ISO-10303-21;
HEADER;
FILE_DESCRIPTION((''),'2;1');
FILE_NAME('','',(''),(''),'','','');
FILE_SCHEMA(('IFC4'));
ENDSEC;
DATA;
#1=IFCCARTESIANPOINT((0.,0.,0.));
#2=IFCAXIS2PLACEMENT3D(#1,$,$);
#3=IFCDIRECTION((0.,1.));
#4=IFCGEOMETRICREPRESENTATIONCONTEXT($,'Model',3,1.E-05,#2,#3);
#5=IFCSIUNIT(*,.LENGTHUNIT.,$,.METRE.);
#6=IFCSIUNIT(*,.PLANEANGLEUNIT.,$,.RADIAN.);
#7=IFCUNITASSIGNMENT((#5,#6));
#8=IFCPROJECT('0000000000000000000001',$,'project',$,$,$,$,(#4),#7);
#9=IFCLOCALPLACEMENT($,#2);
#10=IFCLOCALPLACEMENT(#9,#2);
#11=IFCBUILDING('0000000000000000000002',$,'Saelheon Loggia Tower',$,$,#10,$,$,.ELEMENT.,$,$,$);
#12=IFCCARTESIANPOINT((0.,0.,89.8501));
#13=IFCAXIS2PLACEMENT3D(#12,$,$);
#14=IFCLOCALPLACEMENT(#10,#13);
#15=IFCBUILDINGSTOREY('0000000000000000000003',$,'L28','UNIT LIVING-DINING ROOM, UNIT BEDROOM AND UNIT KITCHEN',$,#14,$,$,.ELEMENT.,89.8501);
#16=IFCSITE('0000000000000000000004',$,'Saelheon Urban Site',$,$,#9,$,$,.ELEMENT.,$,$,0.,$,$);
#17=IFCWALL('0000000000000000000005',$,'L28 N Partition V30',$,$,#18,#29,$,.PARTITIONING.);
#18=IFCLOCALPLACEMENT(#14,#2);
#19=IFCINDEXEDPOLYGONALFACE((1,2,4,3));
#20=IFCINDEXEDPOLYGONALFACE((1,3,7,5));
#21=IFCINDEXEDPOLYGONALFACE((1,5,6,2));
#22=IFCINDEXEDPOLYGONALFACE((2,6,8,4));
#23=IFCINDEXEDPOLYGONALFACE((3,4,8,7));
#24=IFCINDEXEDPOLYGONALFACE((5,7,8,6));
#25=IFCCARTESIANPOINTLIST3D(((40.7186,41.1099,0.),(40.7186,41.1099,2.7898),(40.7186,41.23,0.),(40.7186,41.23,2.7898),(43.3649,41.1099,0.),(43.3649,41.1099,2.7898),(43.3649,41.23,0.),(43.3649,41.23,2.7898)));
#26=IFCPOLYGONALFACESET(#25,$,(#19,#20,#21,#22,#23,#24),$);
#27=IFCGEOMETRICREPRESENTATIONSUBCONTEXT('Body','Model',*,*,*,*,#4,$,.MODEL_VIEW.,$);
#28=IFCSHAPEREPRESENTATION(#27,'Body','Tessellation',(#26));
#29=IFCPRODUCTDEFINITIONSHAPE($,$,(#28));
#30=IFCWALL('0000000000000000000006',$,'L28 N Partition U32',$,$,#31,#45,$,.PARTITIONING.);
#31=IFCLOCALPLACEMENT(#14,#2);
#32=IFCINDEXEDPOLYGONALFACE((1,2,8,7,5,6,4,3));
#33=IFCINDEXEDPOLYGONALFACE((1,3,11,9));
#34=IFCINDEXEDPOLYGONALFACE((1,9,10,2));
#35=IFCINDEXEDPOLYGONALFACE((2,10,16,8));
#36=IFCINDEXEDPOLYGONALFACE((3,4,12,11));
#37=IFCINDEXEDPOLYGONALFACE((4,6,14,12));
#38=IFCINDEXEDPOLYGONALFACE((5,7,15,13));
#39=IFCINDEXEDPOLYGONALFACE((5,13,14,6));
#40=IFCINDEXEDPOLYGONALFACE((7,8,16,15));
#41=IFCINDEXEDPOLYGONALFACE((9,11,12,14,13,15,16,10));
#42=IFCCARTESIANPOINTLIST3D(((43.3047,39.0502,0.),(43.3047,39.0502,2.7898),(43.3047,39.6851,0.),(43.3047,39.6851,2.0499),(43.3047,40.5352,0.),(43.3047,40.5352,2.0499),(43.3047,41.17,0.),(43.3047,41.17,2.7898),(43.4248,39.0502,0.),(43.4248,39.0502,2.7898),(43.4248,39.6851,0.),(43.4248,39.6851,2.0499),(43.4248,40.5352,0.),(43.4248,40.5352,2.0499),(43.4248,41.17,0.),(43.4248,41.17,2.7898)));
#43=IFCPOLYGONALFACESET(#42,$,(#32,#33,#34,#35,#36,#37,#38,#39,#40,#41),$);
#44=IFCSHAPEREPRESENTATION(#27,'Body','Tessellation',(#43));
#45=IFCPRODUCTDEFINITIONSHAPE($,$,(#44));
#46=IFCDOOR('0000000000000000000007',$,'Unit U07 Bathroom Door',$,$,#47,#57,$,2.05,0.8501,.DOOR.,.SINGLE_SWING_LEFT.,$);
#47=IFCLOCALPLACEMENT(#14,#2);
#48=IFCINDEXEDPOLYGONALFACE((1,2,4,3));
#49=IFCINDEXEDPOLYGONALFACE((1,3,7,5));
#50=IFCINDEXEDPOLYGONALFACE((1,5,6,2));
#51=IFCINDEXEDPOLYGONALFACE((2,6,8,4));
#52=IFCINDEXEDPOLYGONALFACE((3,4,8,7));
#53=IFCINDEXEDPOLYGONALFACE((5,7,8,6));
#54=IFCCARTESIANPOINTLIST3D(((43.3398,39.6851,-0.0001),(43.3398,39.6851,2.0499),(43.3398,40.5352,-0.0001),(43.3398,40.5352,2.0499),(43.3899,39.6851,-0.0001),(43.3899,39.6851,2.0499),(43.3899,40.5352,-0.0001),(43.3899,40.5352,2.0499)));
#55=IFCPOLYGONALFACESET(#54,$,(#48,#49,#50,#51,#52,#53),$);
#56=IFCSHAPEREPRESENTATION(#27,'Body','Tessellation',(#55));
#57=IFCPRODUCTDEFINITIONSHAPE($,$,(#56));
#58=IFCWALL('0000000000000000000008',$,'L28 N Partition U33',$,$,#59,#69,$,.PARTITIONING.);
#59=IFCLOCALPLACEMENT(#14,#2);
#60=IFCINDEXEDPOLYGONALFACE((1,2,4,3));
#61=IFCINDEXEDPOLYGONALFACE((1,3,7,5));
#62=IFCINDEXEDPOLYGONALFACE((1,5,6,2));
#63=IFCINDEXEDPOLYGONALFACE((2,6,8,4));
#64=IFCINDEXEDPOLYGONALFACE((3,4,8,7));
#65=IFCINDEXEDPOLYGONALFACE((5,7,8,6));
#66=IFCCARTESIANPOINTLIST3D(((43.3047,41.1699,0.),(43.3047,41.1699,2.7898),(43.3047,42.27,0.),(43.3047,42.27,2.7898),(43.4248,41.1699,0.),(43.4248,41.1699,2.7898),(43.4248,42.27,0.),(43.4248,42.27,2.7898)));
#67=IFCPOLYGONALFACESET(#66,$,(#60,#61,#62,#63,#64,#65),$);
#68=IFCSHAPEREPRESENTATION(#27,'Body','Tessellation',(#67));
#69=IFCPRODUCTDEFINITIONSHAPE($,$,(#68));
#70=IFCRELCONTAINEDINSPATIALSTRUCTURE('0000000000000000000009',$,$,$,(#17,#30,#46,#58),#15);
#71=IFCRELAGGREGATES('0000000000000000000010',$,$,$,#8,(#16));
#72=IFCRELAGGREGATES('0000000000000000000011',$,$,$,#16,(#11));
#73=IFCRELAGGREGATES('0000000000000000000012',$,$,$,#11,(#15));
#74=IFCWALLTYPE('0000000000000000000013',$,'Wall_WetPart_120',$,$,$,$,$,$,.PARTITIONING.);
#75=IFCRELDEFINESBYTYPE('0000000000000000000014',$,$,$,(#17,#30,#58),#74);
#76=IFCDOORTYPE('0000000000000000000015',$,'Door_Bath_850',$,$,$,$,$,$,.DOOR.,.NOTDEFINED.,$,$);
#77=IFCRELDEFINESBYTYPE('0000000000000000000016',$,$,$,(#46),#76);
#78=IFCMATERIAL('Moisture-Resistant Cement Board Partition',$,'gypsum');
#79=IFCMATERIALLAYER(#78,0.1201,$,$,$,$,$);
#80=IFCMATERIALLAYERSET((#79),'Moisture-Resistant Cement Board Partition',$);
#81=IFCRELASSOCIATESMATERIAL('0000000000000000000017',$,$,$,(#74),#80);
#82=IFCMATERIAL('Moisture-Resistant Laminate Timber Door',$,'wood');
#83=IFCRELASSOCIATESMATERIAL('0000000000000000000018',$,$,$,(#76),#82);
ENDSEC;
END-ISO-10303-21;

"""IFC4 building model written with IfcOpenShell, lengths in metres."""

from ifc_helpers import new_model, si_unit, direction, frame, frame_2d, origin, place, context, subcontext, project, spatial, rectangle, extrude, source, transform, mapped, material, layer, layer_set, type_object, element, fill, save


model = new_model("IFC4")

# Units and contexts
model_context = context("Model", 3, precision=1e-05, world=origin(), true_north=direction((0.0, 1.0)))
body_context = subcontext(model_context, "Body", "Model", "MODEL_VIEW")
ifc_project = project(units=[si_unit("LENGTHUNIT", "METRE"), si_unit("PLANEANGLEUNIT", "RADIAN")], contexts=[model_context])

# Site, building, storey
site_placement = place(None, origin())
site = spatial("IfcSite", under=ifc_project, at=site_placement, Name="Saelheon Urban Site", CompositionType="ELEMENT", RefElevation=0.0)
building_placement = place(site_placement, origin())
building = spatial("IfcBuilding", under=site, at=building_placement, Name="Saelheon Loggia Tower", CompositionType="ELEMENT")
storey_placement = place(building_placement, frame((0.0, 0.0, 89.8501)))
storey = spatial("IfcBuildingStorey", under=building, at=storey_placement, Name="L28", Description="UNIT LIVING-DINING ROOM, UNIT BEDROOM AND UNIT KITCHEN", CompositionType="ELEMENT", Elevation=89.8501)

# Wall
ifc_material_1 = material(Name="Moisture-Resistant Cement Board Partition", Category="gypsum")
ifc_layer_1 = layer(ifc_material_1, 0.1201)
ifc_layer_set_1 = layer_set([ifc_layer_1], Name="Moisture-Resistant Cement Board Partition")
wall_type_1 = type_object("IfcWallType", Name="Wall_WetPart_120", PredefinedType="PARTITIONING", material=ifc_layer_set_1)
wall_1_placement = place(storey_placement, frame((40.7185, 41.1699, 0.0), z_axis=(0.0, 0.0, 1.0), x_axis=(1.0, 0.0, 0.0)))
element("IfcWall", 1, at=wall_1_placement, inside=storey, type_object=wall_type_1, Name="L28 N Partition V30", PredefinedType="PARTITIONING", context=body_context, shape_type="SweptSolid", body=[
    extrude(rectangle(XDim=2.6462, YDim=0.1201, at=frame_2d((1.3232, 0.0))), origin(), (0.0, 0.0, 1.0), 2.7898),
])

# Wall, opening, door
wall_2_placement = place(storey_placement, frame((43.3647, 39.05, 0.0), z_axis=(0.0, 0.0, 1.0), x_axis=(0.0, 1.0, 0.0)))
wall_2 = element("IfcWall", 2, at=wall_2_placement, inside=storey, type_object=wall_type_1, Name="L28 N Partition U32", PredefinedType="PARTITIONING", context=body_context, shape_type="SweptSolid", body=[
    extrude(rectangle(XDim=2.1199, YDim=0.1201, at=frame_2d((1.0601, 0.0))), origin(), (0.0, 0.0, 1.0), 2.7898),
])
opening_1_placement = place(wall_2_placement, frame((0.635, 0.0, 0.0)))
opening_1 = element("IfcOpeningElement", 3, at=opening_1_placement, cuts=wall_2, PredefinedType="OPENING", context=body_context, shape_type="SweptSolid", body=[
    extrude(rectangle(XDim=0.8501, YDim=2.05, at=frame_2d((0.425, 1.0249))), frame((0.0, 0.072, 0.0), z_axis=(0.0, -1.0, 0.0), x_axis=(1.0, 0.0, 0.0)), (0.0, 0.0, 1.0), 0.144),
])
ifc_material_2 = material(Name="Moisture-Resistant Laminate Timber Door", Category="wood")
door_type_1 = type_object("IfcDoorType", Name="Door_Bath_850", OperationType="NOTDEFINED", PredefinedType="DOOR", material=ifc_material_2)
shared_shape_1 = source(origin(), body_context, "Body", "SweptSolid", [
    extrude(rectangle(XDim=0.8501, YDim=2.05, at=frame_2d((0.425, 1.0249))), frame((0.0, 0.0249, 0.0), z_axis=(0.0, -1.0, 0.0), x_axis=(1.0, 0.0, 0.0)), (0.0, 0.0, 1.0), 0.05),
])
door_1_placement = place(opening_1_placement, origin())
door_1 = element("IfcDoor", 4, at=door_1_placement, inside=storey, type_object=door_type_1, Name="Unit U07 Bathroom Door", OperationType="SINGLE_SWING_LEFT", OverallHeight=2.05, OverallWidth=0.8501, PredefinedType="DOOR", context=body_context, shape_type="MappedRepresentation", body=[
    mapped(shared_shape_1, transform((0.0, 0.0, 0.0), scale=1.0)),
])
fill(opening_1, door_1)

# Wall
wall_3_placement = place(storey_placement, frame((43.3647, 41.1699, 0.0), z_axis=(0.0, 0.0, 1.0), x_axis=(0.0, 1.0, 0.0)))
element("IfcWall", 5, at=wall_3_placement, inside=storey, type_object=wall_type_1, Name="L28 N Partition U33", PredefinedType="PARTITIONING", context=body_context, shape_type="SweptSolid", body=[
    extrude(rectangle(XDim=1.1001, YDim=0.1201, at=frame_2d((0.55, 0.0))), origin(), (0.0, 0.0, 1.0), 2.7898),
])

save(model, "model.ifc")
